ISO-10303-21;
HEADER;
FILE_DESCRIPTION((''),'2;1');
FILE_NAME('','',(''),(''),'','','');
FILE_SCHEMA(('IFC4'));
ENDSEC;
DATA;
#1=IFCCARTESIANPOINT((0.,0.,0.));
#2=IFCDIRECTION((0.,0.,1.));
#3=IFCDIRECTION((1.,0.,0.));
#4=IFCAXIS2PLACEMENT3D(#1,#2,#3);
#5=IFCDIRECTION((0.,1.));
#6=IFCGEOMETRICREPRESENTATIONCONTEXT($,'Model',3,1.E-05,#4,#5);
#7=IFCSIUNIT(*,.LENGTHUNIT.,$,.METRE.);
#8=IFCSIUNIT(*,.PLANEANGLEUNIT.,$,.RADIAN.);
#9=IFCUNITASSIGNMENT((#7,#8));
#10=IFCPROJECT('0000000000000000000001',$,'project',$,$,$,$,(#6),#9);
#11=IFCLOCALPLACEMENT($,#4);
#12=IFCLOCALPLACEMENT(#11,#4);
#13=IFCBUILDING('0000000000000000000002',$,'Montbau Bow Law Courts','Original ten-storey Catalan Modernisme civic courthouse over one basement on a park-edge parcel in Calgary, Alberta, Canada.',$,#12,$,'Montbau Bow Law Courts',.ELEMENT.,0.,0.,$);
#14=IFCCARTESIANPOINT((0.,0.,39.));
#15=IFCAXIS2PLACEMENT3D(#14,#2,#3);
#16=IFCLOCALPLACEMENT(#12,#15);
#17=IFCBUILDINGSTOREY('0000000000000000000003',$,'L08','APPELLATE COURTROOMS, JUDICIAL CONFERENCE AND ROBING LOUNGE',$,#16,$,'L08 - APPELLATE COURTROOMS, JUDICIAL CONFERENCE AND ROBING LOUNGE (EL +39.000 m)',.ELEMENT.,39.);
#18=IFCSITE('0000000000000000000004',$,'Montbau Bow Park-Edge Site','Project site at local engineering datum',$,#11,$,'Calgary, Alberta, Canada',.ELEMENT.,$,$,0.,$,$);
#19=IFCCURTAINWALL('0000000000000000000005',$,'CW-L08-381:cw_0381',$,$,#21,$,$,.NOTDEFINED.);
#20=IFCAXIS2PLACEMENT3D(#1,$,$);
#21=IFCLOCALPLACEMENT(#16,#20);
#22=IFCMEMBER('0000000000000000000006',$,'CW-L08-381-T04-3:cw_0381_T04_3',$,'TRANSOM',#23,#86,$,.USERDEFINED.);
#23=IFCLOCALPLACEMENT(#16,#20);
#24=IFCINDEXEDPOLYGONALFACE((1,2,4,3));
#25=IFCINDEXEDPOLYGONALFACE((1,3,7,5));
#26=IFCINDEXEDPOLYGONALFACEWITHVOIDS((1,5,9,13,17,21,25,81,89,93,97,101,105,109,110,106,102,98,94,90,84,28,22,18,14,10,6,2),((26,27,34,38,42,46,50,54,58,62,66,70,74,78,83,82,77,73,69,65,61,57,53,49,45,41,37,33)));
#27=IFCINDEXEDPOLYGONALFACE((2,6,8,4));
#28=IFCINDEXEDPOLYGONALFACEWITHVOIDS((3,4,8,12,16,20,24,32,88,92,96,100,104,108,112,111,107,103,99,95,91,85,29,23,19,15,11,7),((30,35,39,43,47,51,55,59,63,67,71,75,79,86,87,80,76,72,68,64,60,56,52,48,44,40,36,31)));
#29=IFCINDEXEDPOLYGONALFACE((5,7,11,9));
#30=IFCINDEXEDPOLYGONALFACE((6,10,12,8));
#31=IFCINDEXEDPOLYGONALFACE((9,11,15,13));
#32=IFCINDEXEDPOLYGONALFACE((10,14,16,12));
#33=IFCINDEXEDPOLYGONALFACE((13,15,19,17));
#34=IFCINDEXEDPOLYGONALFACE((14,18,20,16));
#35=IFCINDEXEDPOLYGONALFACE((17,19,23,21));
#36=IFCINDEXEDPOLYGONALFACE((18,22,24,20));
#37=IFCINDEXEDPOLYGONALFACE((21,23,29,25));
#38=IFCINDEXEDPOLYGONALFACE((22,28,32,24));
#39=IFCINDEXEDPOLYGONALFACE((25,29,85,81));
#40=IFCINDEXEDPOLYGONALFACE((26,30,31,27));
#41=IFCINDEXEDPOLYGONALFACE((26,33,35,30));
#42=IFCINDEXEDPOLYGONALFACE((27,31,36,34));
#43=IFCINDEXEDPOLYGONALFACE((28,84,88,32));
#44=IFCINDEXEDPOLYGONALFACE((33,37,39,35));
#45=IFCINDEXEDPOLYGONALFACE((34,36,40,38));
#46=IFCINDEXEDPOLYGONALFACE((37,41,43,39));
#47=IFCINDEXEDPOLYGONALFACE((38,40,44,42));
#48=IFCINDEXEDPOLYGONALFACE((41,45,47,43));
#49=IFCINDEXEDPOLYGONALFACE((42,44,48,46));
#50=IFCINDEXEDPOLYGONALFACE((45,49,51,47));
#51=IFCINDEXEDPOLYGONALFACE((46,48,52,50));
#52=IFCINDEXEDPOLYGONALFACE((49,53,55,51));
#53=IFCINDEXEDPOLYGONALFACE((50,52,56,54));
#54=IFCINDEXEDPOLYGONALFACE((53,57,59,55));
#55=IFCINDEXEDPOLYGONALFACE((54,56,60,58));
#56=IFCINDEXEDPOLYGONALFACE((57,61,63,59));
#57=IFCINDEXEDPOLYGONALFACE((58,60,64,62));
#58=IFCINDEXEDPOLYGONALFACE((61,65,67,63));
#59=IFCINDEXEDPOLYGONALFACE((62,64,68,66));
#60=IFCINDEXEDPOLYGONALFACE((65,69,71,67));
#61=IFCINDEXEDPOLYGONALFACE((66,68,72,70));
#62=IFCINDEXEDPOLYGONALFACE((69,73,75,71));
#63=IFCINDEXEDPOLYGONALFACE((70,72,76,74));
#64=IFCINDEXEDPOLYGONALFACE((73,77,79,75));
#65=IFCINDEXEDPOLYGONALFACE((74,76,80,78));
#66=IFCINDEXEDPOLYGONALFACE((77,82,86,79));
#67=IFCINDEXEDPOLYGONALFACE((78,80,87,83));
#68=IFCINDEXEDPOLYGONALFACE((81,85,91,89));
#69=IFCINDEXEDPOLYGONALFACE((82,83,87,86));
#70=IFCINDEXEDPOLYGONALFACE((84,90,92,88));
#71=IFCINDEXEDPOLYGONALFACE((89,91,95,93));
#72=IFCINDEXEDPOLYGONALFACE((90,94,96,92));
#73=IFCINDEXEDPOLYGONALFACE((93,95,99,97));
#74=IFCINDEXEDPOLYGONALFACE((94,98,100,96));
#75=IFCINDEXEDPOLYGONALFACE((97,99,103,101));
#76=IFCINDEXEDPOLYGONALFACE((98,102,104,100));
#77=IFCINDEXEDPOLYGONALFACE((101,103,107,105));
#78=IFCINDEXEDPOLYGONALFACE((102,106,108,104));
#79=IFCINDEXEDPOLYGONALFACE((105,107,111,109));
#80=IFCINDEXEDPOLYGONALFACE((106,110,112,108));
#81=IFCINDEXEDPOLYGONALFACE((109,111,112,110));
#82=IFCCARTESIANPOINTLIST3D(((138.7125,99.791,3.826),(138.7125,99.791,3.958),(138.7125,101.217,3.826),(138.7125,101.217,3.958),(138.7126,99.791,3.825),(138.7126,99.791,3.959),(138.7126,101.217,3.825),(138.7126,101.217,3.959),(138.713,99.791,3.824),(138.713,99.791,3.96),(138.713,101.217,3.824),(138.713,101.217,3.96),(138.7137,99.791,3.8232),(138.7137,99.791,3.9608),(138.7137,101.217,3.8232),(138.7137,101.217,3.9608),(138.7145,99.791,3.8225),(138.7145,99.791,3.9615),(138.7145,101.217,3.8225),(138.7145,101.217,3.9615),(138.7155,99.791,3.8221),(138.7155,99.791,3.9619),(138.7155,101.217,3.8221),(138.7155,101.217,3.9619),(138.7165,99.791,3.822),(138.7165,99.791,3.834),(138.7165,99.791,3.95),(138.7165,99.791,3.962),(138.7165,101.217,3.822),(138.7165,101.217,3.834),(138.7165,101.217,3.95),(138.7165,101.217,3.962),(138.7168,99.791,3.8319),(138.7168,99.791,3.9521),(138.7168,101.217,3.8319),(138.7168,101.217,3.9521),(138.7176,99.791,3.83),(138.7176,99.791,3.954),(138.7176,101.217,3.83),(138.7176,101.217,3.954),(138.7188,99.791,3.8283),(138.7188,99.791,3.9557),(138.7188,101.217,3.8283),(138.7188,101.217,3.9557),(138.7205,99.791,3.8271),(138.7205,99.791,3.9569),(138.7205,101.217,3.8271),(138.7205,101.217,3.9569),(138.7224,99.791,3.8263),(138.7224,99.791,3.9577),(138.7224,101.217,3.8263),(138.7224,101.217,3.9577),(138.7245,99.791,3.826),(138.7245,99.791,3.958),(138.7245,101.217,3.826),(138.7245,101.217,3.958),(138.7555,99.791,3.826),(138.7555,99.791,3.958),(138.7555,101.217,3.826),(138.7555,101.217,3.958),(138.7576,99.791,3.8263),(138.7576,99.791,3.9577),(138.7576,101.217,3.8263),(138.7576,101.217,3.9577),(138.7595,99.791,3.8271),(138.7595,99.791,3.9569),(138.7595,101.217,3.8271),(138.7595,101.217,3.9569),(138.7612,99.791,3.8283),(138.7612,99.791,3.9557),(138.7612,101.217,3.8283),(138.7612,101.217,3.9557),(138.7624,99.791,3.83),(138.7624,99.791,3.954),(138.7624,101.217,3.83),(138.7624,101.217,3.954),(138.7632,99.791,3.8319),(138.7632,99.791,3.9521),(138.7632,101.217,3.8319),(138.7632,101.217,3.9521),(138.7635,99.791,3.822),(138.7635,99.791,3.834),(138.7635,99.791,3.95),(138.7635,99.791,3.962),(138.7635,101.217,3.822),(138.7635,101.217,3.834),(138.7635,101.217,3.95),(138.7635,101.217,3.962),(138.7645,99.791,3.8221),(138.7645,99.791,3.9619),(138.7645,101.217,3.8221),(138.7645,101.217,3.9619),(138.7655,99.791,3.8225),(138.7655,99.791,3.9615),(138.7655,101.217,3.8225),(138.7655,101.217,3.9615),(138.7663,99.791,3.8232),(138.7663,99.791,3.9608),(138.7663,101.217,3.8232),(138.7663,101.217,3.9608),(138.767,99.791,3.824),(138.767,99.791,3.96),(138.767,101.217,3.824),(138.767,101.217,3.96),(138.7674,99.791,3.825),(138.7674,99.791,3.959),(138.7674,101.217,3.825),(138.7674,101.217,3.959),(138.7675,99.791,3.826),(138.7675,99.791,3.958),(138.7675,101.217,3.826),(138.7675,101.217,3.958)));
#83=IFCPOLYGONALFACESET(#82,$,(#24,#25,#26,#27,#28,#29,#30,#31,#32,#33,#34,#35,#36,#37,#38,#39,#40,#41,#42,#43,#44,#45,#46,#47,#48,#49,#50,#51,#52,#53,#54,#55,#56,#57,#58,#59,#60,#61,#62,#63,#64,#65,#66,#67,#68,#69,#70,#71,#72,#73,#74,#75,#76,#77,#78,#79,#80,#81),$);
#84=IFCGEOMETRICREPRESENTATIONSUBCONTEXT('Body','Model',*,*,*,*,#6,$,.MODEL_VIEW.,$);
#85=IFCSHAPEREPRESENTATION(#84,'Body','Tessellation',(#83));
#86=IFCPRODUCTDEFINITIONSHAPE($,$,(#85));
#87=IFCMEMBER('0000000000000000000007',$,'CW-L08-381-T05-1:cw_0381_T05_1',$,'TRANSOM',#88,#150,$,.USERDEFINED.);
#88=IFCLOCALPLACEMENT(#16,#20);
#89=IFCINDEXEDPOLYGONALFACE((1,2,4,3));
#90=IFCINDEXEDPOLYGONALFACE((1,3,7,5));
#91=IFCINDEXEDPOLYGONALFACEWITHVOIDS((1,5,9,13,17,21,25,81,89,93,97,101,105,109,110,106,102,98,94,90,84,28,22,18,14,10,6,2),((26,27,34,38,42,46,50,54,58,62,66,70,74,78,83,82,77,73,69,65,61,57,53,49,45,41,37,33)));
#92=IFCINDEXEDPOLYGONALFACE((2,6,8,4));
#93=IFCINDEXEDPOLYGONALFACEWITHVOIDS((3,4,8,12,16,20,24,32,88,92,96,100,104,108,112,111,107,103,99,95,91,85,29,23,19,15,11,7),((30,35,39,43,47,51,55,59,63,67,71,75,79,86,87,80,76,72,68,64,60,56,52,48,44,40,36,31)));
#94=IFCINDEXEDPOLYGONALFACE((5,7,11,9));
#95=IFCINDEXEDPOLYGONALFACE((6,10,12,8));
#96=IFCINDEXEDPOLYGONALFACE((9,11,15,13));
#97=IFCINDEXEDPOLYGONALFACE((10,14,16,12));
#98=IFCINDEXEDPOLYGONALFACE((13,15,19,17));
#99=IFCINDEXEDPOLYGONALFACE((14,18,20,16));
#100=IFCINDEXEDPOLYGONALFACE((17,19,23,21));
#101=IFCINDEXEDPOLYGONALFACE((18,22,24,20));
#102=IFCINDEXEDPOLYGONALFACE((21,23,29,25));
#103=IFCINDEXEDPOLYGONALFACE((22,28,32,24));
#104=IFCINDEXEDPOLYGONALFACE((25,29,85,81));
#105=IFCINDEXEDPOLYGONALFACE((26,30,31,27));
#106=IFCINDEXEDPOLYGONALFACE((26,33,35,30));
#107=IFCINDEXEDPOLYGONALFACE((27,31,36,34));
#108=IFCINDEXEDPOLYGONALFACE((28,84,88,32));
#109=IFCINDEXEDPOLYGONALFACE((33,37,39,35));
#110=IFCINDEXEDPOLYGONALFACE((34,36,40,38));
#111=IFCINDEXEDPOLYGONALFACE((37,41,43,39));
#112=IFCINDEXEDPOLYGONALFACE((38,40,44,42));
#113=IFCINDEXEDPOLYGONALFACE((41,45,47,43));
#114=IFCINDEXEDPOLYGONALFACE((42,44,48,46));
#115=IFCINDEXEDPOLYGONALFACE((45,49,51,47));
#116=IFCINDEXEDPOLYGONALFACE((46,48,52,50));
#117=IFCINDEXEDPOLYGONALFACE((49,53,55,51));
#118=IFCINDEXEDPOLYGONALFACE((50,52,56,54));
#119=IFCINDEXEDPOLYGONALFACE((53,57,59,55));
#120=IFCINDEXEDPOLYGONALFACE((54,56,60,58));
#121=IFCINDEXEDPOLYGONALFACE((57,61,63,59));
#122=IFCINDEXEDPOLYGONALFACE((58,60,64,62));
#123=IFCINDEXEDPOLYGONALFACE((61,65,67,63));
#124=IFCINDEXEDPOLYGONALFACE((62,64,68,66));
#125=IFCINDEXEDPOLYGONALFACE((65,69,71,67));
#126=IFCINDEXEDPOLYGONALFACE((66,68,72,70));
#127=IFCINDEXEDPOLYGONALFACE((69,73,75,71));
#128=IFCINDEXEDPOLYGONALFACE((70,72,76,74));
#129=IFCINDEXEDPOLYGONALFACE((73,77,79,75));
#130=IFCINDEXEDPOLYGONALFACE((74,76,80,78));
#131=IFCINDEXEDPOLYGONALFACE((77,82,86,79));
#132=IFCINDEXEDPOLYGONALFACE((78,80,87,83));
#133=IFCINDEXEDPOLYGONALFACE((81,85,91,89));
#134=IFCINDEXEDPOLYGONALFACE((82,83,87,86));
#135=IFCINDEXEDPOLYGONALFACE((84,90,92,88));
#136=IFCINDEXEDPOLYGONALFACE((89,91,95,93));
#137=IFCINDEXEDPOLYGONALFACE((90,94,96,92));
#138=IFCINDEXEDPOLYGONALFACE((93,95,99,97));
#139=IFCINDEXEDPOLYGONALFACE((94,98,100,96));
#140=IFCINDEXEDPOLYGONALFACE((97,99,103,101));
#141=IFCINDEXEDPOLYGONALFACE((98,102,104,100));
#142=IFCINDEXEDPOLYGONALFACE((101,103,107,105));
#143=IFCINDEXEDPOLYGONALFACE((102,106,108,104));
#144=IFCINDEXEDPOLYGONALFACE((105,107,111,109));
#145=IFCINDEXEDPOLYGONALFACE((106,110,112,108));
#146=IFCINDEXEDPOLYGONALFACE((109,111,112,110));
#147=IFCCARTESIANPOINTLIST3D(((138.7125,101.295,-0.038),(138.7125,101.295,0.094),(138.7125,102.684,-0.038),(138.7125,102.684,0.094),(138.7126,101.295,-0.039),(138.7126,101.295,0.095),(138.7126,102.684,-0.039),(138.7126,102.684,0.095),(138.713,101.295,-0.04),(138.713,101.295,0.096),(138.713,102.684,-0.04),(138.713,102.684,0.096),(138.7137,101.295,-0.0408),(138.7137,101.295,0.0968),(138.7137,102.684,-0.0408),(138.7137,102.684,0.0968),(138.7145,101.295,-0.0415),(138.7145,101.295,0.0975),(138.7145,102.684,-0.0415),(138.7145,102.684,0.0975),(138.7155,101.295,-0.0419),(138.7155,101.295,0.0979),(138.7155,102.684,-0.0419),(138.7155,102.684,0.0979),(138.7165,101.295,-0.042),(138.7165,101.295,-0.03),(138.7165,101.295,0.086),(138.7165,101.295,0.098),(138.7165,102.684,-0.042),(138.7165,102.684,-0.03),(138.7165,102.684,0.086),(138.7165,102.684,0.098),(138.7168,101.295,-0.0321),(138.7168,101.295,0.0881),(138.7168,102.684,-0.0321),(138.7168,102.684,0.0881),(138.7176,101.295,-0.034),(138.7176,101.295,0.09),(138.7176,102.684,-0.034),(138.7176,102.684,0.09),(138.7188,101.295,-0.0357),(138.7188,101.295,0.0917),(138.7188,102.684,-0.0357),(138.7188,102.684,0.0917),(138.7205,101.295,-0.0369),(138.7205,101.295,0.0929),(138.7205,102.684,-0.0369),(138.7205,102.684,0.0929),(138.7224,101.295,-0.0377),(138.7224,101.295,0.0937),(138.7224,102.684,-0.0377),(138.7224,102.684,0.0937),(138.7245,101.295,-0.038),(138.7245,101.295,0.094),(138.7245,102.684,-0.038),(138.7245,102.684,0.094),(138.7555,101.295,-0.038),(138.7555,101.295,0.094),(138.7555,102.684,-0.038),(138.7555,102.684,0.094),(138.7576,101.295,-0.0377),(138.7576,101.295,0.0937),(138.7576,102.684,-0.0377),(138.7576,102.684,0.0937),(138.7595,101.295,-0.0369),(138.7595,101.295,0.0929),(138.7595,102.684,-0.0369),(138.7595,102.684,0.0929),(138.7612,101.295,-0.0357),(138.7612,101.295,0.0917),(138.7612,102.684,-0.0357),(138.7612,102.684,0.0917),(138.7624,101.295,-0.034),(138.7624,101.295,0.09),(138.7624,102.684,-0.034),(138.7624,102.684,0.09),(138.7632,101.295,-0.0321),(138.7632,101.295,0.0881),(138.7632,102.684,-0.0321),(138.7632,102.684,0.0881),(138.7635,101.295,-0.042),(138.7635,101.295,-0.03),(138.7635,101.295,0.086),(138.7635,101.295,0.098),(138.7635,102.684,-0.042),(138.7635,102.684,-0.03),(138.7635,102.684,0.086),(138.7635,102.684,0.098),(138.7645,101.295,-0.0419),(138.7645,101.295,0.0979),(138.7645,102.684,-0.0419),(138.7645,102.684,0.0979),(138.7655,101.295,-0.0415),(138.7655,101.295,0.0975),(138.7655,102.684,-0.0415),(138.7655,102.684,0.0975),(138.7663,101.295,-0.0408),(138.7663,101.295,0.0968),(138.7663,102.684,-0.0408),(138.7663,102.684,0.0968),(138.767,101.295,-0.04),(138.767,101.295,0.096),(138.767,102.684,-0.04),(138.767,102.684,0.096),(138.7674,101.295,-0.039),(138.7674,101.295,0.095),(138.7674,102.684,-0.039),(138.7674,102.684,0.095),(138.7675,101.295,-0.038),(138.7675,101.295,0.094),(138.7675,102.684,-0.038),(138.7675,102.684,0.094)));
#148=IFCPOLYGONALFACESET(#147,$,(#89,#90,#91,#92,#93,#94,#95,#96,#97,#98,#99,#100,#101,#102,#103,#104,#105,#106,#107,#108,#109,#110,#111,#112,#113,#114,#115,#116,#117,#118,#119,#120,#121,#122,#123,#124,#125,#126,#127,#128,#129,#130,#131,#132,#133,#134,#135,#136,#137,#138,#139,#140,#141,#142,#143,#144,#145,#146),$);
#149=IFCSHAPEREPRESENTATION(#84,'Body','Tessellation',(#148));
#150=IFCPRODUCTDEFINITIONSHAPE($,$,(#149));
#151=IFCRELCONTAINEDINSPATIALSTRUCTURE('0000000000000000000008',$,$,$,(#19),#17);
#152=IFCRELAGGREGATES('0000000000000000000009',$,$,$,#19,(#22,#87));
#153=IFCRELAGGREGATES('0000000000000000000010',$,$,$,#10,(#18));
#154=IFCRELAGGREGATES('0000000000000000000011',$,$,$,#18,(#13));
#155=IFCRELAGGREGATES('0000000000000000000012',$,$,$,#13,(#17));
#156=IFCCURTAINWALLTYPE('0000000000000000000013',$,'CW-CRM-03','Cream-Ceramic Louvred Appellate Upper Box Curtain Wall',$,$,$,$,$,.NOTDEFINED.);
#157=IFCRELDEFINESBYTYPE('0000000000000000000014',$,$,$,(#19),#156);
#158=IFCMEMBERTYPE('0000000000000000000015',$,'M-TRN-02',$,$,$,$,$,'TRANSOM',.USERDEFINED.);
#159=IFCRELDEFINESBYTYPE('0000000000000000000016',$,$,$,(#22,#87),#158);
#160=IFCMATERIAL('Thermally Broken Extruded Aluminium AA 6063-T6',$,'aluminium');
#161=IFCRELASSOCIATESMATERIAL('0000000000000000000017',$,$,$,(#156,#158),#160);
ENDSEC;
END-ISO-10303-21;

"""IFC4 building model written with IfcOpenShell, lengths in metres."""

from ifc_helpers import new_model, si_unit, direction, frame, origin_with_axes, origin_2d_with_axis, place, context, subcontext, project, spatial, hollow_rectangle, extrude, material, material_profile, profile_set, type_object, element, aggregate, save


model = new_model("IFC4")

# Units and contexts
model_context = context("Model", 3, precision=1e-05, world=origin_with_axes(), true_north=direction((0.0, 1.0)))
body_context = subcontext(model_context, "Body", "Model", "MODEL_VIEW")
ifc_project = project(units=[si_unit("LENGTHUNIT", "METRE"), si_unit("PLANEANGLEUNIT", "RADIAN")], contexts=[model_context])

# Site, building, storey
site_placement = place(None, origin_with_axes())
site = spatial("IfcSite", under=ifc_project, at=site_placement, Name="Montbau Bow Park-Edge Site", Description="Project site at local engineering datum", LongName="Calgary, Alberta, Canada", CompositionType="ELEMENT", RefElevation=0.0)
building_placement = place(site_placement, origin_with_axes())
building = spatial("IfcBuilding", under=site, at=building_placement, Name="Montbau Bow Law Courts", Description="Original ten-storey Catalan Modernisme civic courthouse over one basement on a park-edge parcel in Calgary, Alberta, Canada.", LongName="Montbau Bow Law Courts", CompositionType="ELEMENT", ElevationOfRefHeight=0.0, ElevationOfTerrain=0.0)
storey_placement = place(building_placement, frame((0.0, 0.0, 39.0), z_axis=(0.0, 0.0, 1.0), x_axis=(1.0, 0.0, 0.0)))
storey = spatial("IfcBuildingStorey", under=building, at=storey_placement, Name="L08", Description="APPELLATE COURTROOMS, JUDICIAL CONFERENCE AND ROBING LOUNGE", LongName="L08 - APPELLATE COURTROOMS, JUDICIAL CONFERENCE AND ROBING LOUNGE (EL +39.000 m)", CompositionType="ELEMENT", Elevation=39.0)

# Curtain wall, members
ifc_material_1 = material(Name="Thermally Broken Extruded Aluminium AA 6063-T6", Category="aluminium")
curtain_wall_type = type_object("IfcCurtainWallType", Name="CW-CRM-03", Description="Cream-Ceramic Louvred Appellate Upper Box Curtain Wall", PredefinedType="NOTDEFINED", material=ifc_material_1)
curtain_wall_placement = place(None, frame((138.74, 95.24, 39.0), z_axis=(0.0, 0.0, 1.0), x_axis=(1.0, 0.0, 0.0)))
curtain_wall = element("IfcCurtainWall", 1, at=curtain_wall_placement, inside=storey, type_object=curtain_wall_type, Name="CW-L08-381:cw_0381", PredefinedType="NOTDEFINED")
ifc_material_profile_1 = material_profile(ifc_material_1, hollow_rectangle(XDim=0.055, YDim=0.14, WallThickness=0.004, InnerFilletRadius=0.008, OuterFilletRadius=0.004, at=origin_2d_with_axis()), Name="CWT-140X55", Category="Main", Priority=0)
ifc_profile_set_1 = profile_set([ifc_material_profile_1], Name="Thermally Broken Extruded Aluminium AA 6063-T6")
member_type_1 = type_object("IfcMemberType", Name="M-TRN-02", ElementType="TRANSOM", PredefinedType="USERDEFINED", material=ifc_profile_set_1)
member_1_placement = place(None, frame((138.74, 99.791, 42.892), z_axis=(0.0, 1.0, 0.0), x_axis=(-1.0, 0.0, 0.0)))
member_1 = element("IfcMember", 2, at=member_1_placement, type_object=member_type_1, Name="CW-L08-381-T04-3:cw_0381_T04_3", ObjectType="TRANSOM", PredefinedType="USERDEFINED", context=body_context, shape_type="SweptSolid", body=[
    extrude(hollow_rectangle(XDim=0.055, YDim=0.14, WallThickness=0.004, InnerFilletRadius=0.008, OuterFilletRadius=0.004, at=origin_2d_with_axis()), origin_with_axes(), (0.0, 0.0, 1.0), 1.426),
])
member_2_placement = place(None, frame((138.74, 101.295, 39.028), z_axis=(0.0, 1.0, 0.0), x_axis=(-1.0, 0.0, 0.0)))
member_2 = element("IfcMember", 3, at=member_2_placement, type_object=member_type_1, Name="CW-L08-381-T05-1:cw_0381_T05_1", ObjectType="TRANSOM", PredefinedType="USERDEFINED", context=body_context, shape_type="SweptSolid", body=[
    extrude(hollow_rectangle(XDim=0.055, YDim=0.14, WallThickness=0.004, InnerFilletRadius=0.008, OuterFilletRadius=0.004, at=origin_2d_with_axis()), origin_with_axes(), (0.0, 0.0, 1.0), 1.389),
])
aggregate(curtain_wall, [member_1, member_2])

save(model, "model.ifc")
